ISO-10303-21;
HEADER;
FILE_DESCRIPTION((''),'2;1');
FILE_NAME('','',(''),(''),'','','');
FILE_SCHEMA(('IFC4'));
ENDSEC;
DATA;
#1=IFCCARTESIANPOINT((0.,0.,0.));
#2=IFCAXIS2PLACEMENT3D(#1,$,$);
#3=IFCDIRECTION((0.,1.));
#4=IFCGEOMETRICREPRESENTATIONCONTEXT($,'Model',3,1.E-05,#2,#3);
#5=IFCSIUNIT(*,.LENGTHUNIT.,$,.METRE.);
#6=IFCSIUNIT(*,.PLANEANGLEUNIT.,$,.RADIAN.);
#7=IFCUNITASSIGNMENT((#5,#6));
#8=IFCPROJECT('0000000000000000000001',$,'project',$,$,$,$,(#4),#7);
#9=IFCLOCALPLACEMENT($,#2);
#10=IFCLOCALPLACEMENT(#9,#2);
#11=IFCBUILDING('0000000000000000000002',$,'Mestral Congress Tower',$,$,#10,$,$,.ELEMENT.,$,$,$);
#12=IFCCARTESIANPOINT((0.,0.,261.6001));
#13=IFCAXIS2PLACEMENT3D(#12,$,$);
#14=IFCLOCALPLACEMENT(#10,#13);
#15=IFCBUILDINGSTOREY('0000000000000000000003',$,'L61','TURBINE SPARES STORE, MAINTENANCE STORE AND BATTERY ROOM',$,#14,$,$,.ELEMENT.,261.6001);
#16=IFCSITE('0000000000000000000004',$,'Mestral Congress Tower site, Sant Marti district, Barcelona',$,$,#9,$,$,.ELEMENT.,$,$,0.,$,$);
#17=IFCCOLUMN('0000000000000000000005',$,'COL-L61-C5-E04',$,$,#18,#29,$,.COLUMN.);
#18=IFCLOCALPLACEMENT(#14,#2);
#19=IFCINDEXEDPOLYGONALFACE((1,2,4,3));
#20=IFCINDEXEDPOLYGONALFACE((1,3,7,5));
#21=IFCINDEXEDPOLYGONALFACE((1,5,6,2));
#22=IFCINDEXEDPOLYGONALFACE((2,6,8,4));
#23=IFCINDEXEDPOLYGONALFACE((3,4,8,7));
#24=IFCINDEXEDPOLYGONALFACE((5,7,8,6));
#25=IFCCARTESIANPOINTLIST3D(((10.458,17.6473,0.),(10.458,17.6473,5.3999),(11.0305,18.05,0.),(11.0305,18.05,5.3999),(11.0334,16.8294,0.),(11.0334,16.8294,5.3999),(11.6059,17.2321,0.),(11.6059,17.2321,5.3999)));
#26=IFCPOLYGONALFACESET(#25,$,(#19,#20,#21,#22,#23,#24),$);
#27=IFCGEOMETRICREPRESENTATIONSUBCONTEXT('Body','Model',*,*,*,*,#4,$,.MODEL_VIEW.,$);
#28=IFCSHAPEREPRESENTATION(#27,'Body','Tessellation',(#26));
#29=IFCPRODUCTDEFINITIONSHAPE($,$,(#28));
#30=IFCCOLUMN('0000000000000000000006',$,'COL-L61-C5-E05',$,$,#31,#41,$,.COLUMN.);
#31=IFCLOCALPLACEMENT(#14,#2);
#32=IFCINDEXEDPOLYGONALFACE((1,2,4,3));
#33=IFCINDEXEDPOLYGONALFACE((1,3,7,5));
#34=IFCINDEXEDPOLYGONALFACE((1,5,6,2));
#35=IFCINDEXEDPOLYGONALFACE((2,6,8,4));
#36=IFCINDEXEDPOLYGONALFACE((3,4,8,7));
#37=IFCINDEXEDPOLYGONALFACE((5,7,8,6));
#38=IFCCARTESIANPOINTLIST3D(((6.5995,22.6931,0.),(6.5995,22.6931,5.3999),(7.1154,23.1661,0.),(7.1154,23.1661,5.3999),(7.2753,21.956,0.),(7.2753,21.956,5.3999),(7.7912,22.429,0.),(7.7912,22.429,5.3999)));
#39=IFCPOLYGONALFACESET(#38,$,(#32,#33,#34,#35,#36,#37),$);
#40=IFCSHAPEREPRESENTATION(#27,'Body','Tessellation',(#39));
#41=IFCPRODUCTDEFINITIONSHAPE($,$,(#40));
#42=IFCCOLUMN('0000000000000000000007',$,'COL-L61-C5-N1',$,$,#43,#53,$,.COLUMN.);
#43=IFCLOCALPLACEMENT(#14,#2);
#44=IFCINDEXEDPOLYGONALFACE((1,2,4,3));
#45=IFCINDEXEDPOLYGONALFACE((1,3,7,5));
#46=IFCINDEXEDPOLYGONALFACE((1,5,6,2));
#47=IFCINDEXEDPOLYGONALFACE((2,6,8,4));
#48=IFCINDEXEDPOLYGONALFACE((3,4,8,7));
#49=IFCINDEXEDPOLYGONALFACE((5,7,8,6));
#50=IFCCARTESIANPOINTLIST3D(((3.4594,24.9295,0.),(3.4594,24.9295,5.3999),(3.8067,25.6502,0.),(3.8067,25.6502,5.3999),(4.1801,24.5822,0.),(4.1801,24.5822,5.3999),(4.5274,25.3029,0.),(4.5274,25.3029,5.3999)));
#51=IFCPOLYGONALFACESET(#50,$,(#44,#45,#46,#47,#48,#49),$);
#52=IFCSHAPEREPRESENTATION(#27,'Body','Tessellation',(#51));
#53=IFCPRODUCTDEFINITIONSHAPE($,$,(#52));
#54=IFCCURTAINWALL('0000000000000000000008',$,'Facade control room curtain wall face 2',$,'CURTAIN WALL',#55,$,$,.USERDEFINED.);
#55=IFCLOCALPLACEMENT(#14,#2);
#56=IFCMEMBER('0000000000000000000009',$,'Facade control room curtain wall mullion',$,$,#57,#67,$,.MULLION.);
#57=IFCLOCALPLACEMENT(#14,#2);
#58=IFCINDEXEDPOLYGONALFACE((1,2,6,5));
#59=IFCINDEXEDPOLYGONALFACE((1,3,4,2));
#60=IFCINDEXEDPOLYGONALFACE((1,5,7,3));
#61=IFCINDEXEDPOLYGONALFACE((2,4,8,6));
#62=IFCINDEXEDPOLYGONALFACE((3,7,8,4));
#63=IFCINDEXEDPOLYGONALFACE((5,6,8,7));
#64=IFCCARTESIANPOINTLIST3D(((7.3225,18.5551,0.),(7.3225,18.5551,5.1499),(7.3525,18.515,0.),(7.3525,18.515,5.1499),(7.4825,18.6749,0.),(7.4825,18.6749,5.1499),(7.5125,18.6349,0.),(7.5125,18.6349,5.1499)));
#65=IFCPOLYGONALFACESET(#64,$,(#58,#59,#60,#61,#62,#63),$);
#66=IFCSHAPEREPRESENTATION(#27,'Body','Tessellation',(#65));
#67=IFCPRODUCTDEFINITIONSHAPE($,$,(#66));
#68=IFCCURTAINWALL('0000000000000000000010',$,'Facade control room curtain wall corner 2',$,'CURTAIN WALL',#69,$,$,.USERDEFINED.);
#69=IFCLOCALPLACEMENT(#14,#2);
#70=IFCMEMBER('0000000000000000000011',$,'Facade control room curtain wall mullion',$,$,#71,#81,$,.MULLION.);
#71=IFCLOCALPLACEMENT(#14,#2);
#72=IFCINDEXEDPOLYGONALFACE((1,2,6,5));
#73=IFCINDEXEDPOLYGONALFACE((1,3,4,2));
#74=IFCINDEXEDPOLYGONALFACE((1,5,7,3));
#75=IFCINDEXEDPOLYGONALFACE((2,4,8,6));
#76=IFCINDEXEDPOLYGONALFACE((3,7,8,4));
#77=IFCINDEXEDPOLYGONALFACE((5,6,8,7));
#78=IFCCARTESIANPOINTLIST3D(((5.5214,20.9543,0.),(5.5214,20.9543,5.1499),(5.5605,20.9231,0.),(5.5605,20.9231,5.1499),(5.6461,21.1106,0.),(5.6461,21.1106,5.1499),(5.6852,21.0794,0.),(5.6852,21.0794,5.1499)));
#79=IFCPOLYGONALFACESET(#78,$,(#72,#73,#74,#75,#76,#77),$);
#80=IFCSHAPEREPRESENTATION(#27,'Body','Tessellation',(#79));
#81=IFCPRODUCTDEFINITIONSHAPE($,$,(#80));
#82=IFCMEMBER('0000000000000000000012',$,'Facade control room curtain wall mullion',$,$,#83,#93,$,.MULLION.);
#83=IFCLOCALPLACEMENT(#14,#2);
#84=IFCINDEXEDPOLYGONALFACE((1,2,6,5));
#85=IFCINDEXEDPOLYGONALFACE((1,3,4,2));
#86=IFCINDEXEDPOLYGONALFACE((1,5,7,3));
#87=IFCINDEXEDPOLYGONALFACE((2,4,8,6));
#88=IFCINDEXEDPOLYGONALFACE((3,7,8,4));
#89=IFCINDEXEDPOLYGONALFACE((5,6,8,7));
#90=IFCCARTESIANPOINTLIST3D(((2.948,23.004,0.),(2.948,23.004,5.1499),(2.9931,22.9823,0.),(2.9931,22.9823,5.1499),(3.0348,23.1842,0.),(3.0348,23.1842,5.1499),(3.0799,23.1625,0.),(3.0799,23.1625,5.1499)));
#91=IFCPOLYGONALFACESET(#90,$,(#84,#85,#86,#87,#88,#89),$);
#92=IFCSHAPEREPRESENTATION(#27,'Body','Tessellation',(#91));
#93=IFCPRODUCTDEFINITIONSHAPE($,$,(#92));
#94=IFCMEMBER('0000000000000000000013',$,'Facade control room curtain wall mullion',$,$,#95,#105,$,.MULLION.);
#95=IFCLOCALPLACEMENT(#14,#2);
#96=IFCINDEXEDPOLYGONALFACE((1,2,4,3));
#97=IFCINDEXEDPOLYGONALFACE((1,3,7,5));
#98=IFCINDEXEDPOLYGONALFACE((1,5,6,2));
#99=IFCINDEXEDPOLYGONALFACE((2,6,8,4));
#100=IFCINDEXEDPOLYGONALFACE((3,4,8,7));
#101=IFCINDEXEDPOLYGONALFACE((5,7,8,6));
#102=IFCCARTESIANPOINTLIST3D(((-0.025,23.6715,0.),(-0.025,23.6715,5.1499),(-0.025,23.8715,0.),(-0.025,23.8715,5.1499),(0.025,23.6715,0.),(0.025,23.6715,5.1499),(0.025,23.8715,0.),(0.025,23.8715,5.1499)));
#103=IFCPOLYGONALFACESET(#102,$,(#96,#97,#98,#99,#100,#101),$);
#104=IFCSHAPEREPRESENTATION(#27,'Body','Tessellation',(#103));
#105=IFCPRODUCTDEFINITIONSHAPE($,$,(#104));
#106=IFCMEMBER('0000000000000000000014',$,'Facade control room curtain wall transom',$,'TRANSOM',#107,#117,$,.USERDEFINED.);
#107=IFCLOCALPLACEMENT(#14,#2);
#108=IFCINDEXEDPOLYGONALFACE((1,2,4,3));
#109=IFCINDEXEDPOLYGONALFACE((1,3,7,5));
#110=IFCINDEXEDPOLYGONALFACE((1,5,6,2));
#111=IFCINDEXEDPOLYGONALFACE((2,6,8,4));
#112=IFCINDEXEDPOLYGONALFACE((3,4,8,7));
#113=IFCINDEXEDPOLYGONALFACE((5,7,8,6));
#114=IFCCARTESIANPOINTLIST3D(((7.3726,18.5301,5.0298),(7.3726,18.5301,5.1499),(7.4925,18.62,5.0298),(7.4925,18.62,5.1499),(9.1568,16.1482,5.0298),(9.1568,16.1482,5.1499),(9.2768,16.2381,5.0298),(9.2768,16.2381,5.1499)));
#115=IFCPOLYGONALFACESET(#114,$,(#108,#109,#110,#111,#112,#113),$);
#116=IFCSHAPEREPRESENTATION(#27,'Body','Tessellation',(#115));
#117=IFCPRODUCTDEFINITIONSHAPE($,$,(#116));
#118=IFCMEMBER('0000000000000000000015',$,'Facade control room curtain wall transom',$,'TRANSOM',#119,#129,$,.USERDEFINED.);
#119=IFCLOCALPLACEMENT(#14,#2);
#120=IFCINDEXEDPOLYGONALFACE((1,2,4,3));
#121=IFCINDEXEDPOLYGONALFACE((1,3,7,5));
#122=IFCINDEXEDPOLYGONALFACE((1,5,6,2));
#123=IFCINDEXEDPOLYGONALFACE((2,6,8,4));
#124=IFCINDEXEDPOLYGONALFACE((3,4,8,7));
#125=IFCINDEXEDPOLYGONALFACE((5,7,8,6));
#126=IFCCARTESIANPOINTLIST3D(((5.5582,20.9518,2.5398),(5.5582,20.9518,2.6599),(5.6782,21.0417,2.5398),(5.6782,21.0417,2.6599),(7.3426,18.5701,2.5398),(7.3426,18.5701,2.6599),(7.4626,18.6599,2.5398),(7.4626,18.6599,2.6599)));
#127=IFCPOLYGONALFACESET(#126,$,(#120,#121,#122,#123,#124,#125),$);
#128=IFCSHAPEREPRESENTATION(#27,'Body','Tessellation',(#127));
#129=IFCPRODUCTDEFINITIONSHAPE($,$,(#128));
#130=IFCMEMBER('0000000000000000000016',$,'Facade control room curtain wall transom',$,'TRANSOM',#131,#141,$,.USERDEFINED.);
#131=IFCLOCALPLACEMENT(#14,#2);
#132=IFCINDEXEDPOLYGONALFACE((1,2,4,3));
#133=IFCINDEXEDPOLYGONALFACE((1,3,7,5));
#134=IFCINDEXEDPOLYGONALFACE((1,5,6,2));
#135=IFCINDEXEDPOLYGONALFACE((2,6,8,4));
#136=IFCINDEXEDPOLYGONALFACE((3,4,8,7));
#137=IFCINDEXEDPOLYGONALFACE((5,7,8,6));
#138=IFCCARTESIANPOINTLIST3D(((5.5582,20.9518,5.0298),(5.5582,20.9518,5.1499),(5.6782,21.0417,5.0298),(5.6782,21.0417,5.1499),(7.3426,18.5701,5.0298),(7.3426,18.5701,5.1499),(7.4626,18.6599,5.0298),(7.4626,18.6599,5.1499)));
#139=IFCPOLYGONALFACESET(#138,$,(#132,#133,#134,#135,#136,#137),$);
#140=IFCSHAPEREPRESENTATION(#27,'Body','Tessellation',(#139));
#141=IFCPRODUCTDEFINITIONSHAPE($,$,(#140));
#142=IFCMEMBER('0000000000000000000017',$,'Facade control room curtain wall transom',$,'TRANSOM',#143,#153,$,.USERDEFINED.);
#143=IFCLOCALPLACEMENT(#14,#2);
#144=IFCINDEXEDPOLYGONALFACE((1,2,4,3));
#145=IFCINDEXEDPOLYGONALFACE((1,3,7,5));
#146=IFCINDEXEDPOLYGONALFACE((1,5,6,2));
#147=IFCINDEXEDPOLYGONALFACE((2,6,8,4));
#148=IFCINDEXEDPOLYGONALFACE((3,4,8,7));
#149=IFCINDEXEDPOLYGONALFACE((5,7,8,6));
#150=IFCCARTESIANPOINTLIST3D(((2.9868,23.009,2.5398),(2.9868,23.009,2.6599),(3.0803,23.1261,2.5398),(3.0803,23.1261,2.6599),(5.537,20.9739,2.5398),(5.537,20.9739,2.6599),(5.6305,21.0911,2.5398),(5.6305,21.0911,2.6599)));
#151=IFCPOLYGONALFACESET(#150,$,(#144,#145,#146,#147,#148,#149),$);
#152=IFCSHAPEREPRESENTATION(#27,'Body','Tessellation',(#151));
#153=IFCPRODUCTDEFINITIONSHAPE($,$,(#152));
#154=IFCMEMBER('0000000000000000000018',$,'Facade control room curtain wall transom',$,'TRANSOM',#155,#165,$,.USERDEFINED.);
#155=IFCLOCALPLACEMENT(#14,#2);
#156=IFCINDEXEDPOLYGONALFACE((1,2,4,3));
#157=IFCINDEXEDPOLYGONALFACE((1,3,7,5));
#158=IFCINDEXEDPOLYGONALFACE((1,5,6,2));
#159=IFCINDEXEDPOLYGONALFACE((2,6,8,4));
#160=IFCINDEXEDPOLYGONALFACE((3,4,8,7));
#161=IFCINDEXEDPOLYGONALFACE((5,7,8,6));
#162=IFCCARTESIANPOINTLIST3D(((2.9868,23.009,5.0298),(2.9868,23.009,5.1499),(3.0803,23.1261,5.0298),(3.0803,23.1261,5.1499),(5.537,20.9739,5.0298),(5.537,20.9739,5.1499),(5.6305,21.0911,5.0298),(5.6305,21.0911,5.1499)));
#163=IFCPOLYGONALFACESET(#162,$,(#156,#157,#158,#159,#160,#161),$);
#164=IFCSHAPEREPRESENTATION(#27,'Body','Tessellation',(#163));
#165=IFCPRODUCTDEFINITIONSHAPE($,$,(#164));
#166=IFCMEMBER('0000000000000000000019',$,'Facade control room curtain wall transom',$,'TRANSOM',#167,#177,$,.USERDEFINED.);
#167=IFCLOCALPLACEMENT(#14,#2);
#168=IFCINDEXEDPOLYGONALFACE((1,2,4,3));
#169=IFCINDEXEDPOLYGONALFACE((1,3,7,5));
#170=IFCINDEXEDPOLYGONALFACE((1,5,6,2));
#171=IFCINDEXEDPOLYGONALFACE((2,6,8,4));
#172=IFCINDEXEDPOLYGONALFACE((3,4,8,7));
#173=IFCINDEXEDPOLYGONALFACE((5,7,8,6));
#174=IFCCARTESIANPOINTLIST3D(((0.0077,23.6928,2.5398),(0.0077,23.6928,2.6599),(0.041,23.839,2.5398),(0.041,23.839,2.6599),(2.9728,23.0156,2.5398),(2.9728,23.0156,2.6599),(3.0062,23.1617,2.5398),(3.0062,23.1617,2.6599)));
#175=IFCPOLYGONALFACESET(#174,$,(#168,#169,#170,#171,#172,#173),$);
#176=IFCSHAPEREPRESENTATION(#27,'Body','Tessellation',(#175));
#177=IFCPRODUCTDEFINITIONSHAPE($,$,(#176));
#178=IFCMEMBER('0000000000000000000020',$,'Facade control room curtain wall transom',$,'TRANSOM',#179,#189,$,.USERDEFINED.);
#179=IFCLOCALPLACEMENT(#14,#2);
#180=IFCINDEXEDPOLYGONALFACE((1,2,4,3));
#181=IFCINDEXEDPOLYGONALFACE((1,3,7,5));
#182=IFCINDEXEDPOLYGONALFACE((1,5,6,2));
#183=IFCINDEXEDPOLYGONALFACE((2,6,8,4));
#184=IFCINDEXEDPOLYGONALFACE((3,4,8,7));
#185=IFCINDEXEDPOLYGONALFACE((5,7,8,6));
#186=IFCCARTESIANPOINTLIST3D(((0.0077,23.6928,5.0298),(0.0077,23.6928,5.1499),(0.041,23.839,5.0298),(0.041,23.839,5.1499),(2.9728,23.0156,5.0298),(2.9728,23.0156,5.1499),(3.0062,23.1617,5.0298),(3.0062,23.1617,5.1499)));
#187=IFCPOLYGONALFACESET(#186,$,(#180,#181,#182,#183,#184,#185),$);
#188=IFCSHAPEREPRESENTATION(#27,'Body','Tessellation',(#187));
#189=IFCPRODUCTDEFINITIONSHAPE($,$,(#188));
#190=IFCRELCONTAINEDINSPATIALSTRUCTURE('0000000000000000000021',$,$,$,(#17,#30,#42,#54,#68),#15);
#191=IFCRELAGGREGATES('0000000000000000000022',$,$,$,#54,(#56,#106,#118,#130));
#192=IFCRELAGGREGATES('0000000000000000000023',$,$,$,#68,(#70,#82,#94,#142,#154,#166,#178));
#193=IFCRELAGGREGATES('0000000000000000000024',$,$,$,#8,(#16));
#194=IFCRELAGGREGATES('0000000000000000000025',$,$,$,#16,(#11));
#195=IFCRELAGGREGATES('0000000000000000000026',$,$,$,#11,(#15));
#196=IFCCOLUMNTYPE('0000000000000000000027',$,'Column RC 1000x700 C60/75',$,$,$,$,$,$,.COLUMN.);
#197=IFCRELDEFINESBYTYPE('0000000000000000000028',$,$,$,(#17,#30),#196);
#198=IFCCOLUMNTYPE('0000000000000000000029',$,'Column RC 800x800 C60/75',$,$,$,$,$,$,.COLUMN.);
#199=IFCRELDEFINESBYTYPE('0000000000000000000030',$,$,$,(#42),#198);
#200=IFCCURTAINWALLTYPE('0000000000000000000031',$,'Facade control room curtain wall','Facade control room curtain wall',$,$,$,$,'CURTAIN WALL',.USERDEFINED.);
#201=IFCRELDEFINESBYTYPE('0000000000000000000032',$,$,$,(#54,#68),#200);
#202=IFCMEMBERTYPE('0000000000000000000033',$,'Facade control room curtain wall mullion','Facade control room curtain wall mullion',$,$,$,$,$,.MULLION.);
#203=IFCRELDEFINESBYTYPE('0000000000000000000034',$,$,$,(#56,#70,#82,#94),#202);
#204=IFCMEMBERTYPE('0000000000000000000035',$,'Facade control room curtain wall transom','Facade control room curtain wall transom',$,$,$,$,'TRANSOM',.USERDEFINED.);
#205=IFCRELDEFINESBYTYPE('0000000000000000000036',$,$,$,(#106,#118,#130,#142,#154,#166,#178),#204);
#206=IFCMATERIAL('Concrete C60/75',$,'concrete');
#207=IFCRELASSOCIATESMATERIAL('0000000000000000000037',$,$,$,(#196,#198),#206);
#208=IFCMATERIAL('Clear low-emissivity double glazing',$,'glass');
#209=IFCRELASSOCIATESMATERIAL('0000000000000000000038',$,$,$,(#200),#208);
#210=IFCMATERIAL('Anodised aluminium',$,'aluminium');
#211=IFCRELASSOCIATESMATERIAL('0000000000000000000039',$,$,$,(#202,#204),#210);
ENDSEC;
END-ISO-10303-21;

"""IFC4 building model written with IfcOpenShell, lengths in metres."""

from ifc_helpers import new_model, si_unit, direction, frame, origin, origin_2d, place, context, subcontext, project, spatial, rectangle, extrude, material, material_profile, profile_set, type_object, element, aggregate, save


model = new_model("IFC4")

# Units and contexts
model_context = context("Model", 3, precision=1e-05, world=origin(), true_north=direction((0.0, 1.0)))
body_context = subcontext(model_context, "Body", "Model", "MODEL_VIEW")
ifc_project = project(units=[si_unit("LENGTHUNIT", "METRE"), si_unit("PLANEANGLEUNIT", "RADIAN")], contexts=[model_context])

# Site, building, storey
site_placement = place(None, origin())
site = spatial("IfcSite", under=ifc_project, at=site_placement, Name="Mestral Congress Tower site, Sant Marti district, Barcelona", CompositionType="ELEMENT", RefElevation=0.0)
building_placement = place(site_placement, origin())
building = spatial("IfcBuilding", under=site, at=building_placement, Name="Mestral Congress Tower", CompositionType="ELEMENT")
storey_placement = place(building_placement, frame((0.0, 0.0, 261.6001)))
storey = spatial("IfcBuildingStorey", under=building, at=storey_placement, Name="L61", Description="TURBINE SPARES STORE, MAINTENANCE STORE AND BATTERY ROOM", CompositionType="ELEMENT", Elevation=261.6001)

# Columns
ifc_material_1 = material(Name="Concrete C60/75", Category="concrete")
ifc_material_profile_1 = material_profile(ifc_material_1, rectangle(XDim=1.0, YDim=0.7, at=origin_2d()), Name="RC 1000x700")
ifc_profile_set_1 = profile_set([ifc_material_profile_1], Name="Concrete C60/75")
column_type_1 = type_object("IfcColumnType", Name="Column RC 1000x700 C60/75", PredefinedType="COLUMN", material=ifc_profile_set_1)
for number, where, z_axis, x_axis, name in (
    (1, (11.032, 17.4397, 0.0), (0.0, 0.0, 1.0), (-0.575402, 0.817871, 0.0), "COL-L61-C5-E04"),
    (2, (7.1953, 22.561, 0.0), (0.0, 0.0, 1.0), (-0.675803, 0.737083, 0.0), "COL-L61-C5-E05"),
):
    element("IfcColumn", number, at=place(storey_placement, frame(where, z_axis=z_axis, x_axis=x_axis)), inside=storey, type_object=column_type_1, Name=name, PredefinedType="COLUMN", context=body_context, shape_type="SweptSolid", body=[
        extrude(rectangle(XDim=1.0, YDim=0.7, at=origin_2d()), origin(), (0.0, 0.0, 1.0), 5.3999),
    ])
ifc_material_profile_2 = material_profile(ifc_material_1, rectangle(XDim=0.8, YDim=0.8, at=origin_2d()), Name="RC 800x800")
ifc_profile_set_2 = profile_set([ifc_material_profile_2], Name="Concrete C60/75")
column_type_2 = type_object("IfcColumnType", Name="Column RC 800x800 C60/75", PredefinedType="COLUMN", material=ifc_profile_set_2)
column_placement = place(storey_placement, frame((3.9934, 25.1162, 0.0), z_axis=(0.0, 0.0, 1.0), x_axis=(-0.900873, 0.434082, 0.0)))
element("IfcColumn", 3, at=column_placement, inside=storey, type_object=column_type_2, Name="COL-L61-C5-N1", PredefinedType="COLUMN", context=body_context, shape_type="SweptSolid", body=[
    extrude(rectangle(XDim=0.8, YDim=0.8, at=origin_2d()), origin(), (0.0, 0.0, 1.0), 5.3999),
])

# Curtain wall, member
ifc_material_2 = material(Name="Clear low-emissivity double glazing", Category="glass")
curtain_wall_type = type_object("IfcCurtainWallType", Name="Facade control room curtain wall", Description="Facade control room curtain wall", ElementType="CURTAIN WALL", PredefinedType="USERDEFINED", material=ifc_material_2)
placement = place(storey_placement, origin())
curtain_wall_1 = element("IfcCurtainWall", 4, at=placement, inside=storey, type_object=curtain_wall_type, Name="Facade control room curtain wall face 2", ObjectType="CURTAIN WALL", PredefinedType="USERDEFINED")
ifc_material_3 = material(Name="Anodised aluminium", Category="aluminium")
ifc_material_profile_3 = material_profile(ifc_material_3, rectangle(XDim=0.2, YDim=0.05, at=origin_2d()), Name="CW5 mullion 200 x 50")
ifc_profile_set_3 = profile_set([ifc_material_profile_3], Name="Anodised aluminium")
member_type_1 = type_object("IfcMemberType", Name="Facade control room curtain wall mullion", Description="Facade control room curtain wall mullion", PredefinedType="MULLION", material=ifc_profile_set_3)
member_1_placement = place(storey_placement, frame((7.4175, 18.595, 0.0), z_axis=(0.0, 0.0, 1.0), x_axis=(0.800344, 0.599541, 0.0)))
member_1 = element("IfcMember", 5, at=member_1_placement, type_object=member_type_1, Name="Facade control room curtain wall mullion", PredefinedType="MULLION", context=body_context, shape_type="SweptSolid", body=[
    extrude(rectangle(XDim=0.2, YDim=0.05, at=origin_2d()), origin(), (0.0, 0.0, 1.0), 5.1499),
])

# Curtain wall, members
curtain_wall_2 = element("IfcCurtainWall", 6, at=placement, inside=storey, type_object=curtain_wall_type, Name="Facade control room curtain wall corner 2", ObjectType="CURTAIN WALL", PredefinedType="USERDEFINED")
member_2_placement = place(storey_placement, frame((5.6033, 21.0168, 0.0), z_axis=(0.0, 0.0, 1.0), x_axis=(0.623747, 0.781626, 0.0)))
member_2 = element("IfcMember", 7, at=member_2_placement, type_object=member_type_1, Name="Facade control room curtain wall mullion", PredefinedType="MULLION", context=body_context, shape_type="SweptSolid", body=[
    extrude(rectangle(XDim=0.2, YDim=0.05, at=origin_2d()), origin(), (0.0, 0.0, 1.0), 5.1499),
])
member_3_placement = place(storey_placement, frame((3.0139, 23.0833, 0.0), z_axis=(0.0, 0.0, 1.0), x_axis=(0.434082, 0.900873, 0.0)))
member_3 = element("IfcMember", 8, at=member_3_placement, type_object=member_type_1, Name="Facade control room curtain wall mullion", PredefinedType="MULLION", context=body_context, shape_type="SweptSolid", body=[
    extrude(rectangle(XDim=0.2, YDim=0.05, at=origin_2d()), origin(), (0.0, 0.0, 1.0), 5.1499),
])
member_4_placement = place(storey_placement, frame((0.0, 23.7715, 0.0), z_axis=(0.0, 0.0, 1.0), x_axis=(0.0, 1.0, 0.0)))
member_4 = element("IfcMember", 9, at=member_4_placement, type_object=member_type_1, Name="Facade control room curtain wall mullion", PredefinedType="MULLION", context=body_context, shape_type="SweptSolid", body=[
    extrude(rectangle(XDim=0.2, YDim=0.05, at=origin_2d()), origin(), (0.0, 0.0, 1.0), 5.1499),
])

# Members
ifc_material_profile_4 = material_profile(ifc_material_3, rectangle(XDim=0.1499, YDim=0.1201, at=origin_2d()), Name="CW5 transom 150 x 120")
ifc_profile_set_4 = profile_set([ifc_material_profile_4], Name="Anodised aluminium")
member_type_2 = type_object("IfcMemberType", Name="Facade control room curtain wall transom", Description="Facade control room curtain wall transom", ElementType="TRANSOM", PredefinedType="USERDEFINED", material=ifc_profile_set_4)
member_5_placement = place(storey_placement, frame((9.2168, 16.1931, 5.0898), z_axis=(-0.599527, 0.800354, 0.0), x_axis=(-0.800354, -0.599527, 0.0)))
member_5 = element("IfcMember", 10, at=member_5_placement, type_object=member_type_2, Name="Facade control room curtain wall transom", ObjectType="TRANSOM", PredefinedType="USERDEFINED", context=body_context, shape_type="SweptSolid", body=[
    extrude(rectangle(XDim=0.1499, YDim=0.1201, at=origin_2d()), origin(), (0.0, 0.0, 1.0), 2.9761),
])
member_6_placement = place(storey_placement, frame((7.4026, 18.615, 2.5999), z_axis=(-0.59958, 0.800315, 0.0), x_axis=(-0.800315, -0.59958, 0.0)))
member_6 = element("IfcMember", 11, at=member_6_placement, type_object=member_type_2, Name="Facade control room curtain wall transom", ObjectType="TRANSOM", PredefinedType="USERDEFINED", context=body_context, shape_type="SweptSolid", body=[
    extrude(rectangle(XDim=0.1499, YDim=0.1201, at=origin_2d()), origin(), (0.0, 0.0, 1.0), 2.9761),
])
member_7_placement = place(storey_placement, frame((7.4026, 18.615, 5.0898), z_axis=(-0.59958, 0.800315, 0.0), x_axis=(-0.800315, -0.59958, 0.0)))
member_7 = element("IfcMember", 12, at=member_7_placement, type_object=member_type_2, Name="Facade control room curtain wall transom", ObjectType="TRANSOM", PredefinedType="USERDEFINED", context=body_context, shape_type="SweptSolid", body=[
    extrude(rectangle(XDim=0.1499, YDim=0.1201, at=origin_2d()), origin(), (0.0, 0.0, 1.0), 2.9761),
])
member_8_placement = place(storey_placement, frame((5.5837, 21.0325, 2.5999), z_axis=(-0.781627, 0.623746, 0.0), x_axis=(-0.623746, -0.781627, 0.0)))
member_8 = element("IfcMember", 13, at=member_8_placement, type_object=member_type_2, Name="Facade control room curtain wall transom", ObjectType="TRANSOM", PredefinedType="USERDEFINED", context=body_context, shape_type="SweptSolid", body=[
    extrude(rectangle(XDim=0.1499, YDim=0.1201, at=origin_2d()), origin(), (0.0, 0.0, 1.0), 3.2627),
])
member_9_placement = place(storey_placement, frame((5.5837, 21.0325, 5.0898), z_axis=(-0.781627, 0.623746, 0.0), x_axis=(-0.623746, -0.781627, 0.0)))
member_9 = element("IfcMember", 14, at=member_9_placement, type_object=member_type_2, Name="Facade control room curtain wall transom", ObjectType="TRANSOM", PredefinedType="USERDEFINED", context=body_context, shape_type="SweptSolid", body=[
    extrude(rectangle(XDim=0.1499, YDim=0.1201, at=origin_2d()), origin(), (0.0, 0.0, 1.0), 3.2627),
])
member_10_placement = place(storey_placement, frame((2.9895, 23.0886, 2.5999), z_axis=(-0.974893, 0.222672, 0.0), x_axis=(-0.222672, -0.974893, 0.0)))
member_10 = element("IfcMember", 15, at=member_10_placement, type_object=member_type_2, Name="Facade control room curtain wall transom", ObjectType="TRANSOM", PredefinedType="USERDEFINED", context=body_context, shape_type="SweptSolid", body=[
    extrude(rectangle(XDim=0.1499, YDim=0.1201, at=origin_2d()), origin(), (0.0, 0.0, 1.0), 3.0415),
])
member_11_placement = place(storey_placement, frame((2.9895, 23.0886, 5.0898), z_axis=(-0.974893, 0.222672, 0.0), x_axis=(-0.222672, -0.974893, 0.0)))
member_11 = element("IfcMember", 16, at=member_11_placement, type_object=member_type_2, Name="Facade control room curtain wall transom", ObjectType="TRANSOM", PredefinedType="USERDEFINED", context=body_context, shape_type="SweptSolid", body=[
    extrude(rectangle(XDim=0.1499, YDim=0.1201, at=origin_2d()), origin(), (0.0, 0.0, 1.0), 3.0415),
])

aggregate(curtain_wall_1, [member_1, member_5, member_6, member_7])
aggregate(curtain_wall_2, [member_2, member_3, member_4, member_8, member_9, member_10, member_11])

save(model, "model.ifc")
